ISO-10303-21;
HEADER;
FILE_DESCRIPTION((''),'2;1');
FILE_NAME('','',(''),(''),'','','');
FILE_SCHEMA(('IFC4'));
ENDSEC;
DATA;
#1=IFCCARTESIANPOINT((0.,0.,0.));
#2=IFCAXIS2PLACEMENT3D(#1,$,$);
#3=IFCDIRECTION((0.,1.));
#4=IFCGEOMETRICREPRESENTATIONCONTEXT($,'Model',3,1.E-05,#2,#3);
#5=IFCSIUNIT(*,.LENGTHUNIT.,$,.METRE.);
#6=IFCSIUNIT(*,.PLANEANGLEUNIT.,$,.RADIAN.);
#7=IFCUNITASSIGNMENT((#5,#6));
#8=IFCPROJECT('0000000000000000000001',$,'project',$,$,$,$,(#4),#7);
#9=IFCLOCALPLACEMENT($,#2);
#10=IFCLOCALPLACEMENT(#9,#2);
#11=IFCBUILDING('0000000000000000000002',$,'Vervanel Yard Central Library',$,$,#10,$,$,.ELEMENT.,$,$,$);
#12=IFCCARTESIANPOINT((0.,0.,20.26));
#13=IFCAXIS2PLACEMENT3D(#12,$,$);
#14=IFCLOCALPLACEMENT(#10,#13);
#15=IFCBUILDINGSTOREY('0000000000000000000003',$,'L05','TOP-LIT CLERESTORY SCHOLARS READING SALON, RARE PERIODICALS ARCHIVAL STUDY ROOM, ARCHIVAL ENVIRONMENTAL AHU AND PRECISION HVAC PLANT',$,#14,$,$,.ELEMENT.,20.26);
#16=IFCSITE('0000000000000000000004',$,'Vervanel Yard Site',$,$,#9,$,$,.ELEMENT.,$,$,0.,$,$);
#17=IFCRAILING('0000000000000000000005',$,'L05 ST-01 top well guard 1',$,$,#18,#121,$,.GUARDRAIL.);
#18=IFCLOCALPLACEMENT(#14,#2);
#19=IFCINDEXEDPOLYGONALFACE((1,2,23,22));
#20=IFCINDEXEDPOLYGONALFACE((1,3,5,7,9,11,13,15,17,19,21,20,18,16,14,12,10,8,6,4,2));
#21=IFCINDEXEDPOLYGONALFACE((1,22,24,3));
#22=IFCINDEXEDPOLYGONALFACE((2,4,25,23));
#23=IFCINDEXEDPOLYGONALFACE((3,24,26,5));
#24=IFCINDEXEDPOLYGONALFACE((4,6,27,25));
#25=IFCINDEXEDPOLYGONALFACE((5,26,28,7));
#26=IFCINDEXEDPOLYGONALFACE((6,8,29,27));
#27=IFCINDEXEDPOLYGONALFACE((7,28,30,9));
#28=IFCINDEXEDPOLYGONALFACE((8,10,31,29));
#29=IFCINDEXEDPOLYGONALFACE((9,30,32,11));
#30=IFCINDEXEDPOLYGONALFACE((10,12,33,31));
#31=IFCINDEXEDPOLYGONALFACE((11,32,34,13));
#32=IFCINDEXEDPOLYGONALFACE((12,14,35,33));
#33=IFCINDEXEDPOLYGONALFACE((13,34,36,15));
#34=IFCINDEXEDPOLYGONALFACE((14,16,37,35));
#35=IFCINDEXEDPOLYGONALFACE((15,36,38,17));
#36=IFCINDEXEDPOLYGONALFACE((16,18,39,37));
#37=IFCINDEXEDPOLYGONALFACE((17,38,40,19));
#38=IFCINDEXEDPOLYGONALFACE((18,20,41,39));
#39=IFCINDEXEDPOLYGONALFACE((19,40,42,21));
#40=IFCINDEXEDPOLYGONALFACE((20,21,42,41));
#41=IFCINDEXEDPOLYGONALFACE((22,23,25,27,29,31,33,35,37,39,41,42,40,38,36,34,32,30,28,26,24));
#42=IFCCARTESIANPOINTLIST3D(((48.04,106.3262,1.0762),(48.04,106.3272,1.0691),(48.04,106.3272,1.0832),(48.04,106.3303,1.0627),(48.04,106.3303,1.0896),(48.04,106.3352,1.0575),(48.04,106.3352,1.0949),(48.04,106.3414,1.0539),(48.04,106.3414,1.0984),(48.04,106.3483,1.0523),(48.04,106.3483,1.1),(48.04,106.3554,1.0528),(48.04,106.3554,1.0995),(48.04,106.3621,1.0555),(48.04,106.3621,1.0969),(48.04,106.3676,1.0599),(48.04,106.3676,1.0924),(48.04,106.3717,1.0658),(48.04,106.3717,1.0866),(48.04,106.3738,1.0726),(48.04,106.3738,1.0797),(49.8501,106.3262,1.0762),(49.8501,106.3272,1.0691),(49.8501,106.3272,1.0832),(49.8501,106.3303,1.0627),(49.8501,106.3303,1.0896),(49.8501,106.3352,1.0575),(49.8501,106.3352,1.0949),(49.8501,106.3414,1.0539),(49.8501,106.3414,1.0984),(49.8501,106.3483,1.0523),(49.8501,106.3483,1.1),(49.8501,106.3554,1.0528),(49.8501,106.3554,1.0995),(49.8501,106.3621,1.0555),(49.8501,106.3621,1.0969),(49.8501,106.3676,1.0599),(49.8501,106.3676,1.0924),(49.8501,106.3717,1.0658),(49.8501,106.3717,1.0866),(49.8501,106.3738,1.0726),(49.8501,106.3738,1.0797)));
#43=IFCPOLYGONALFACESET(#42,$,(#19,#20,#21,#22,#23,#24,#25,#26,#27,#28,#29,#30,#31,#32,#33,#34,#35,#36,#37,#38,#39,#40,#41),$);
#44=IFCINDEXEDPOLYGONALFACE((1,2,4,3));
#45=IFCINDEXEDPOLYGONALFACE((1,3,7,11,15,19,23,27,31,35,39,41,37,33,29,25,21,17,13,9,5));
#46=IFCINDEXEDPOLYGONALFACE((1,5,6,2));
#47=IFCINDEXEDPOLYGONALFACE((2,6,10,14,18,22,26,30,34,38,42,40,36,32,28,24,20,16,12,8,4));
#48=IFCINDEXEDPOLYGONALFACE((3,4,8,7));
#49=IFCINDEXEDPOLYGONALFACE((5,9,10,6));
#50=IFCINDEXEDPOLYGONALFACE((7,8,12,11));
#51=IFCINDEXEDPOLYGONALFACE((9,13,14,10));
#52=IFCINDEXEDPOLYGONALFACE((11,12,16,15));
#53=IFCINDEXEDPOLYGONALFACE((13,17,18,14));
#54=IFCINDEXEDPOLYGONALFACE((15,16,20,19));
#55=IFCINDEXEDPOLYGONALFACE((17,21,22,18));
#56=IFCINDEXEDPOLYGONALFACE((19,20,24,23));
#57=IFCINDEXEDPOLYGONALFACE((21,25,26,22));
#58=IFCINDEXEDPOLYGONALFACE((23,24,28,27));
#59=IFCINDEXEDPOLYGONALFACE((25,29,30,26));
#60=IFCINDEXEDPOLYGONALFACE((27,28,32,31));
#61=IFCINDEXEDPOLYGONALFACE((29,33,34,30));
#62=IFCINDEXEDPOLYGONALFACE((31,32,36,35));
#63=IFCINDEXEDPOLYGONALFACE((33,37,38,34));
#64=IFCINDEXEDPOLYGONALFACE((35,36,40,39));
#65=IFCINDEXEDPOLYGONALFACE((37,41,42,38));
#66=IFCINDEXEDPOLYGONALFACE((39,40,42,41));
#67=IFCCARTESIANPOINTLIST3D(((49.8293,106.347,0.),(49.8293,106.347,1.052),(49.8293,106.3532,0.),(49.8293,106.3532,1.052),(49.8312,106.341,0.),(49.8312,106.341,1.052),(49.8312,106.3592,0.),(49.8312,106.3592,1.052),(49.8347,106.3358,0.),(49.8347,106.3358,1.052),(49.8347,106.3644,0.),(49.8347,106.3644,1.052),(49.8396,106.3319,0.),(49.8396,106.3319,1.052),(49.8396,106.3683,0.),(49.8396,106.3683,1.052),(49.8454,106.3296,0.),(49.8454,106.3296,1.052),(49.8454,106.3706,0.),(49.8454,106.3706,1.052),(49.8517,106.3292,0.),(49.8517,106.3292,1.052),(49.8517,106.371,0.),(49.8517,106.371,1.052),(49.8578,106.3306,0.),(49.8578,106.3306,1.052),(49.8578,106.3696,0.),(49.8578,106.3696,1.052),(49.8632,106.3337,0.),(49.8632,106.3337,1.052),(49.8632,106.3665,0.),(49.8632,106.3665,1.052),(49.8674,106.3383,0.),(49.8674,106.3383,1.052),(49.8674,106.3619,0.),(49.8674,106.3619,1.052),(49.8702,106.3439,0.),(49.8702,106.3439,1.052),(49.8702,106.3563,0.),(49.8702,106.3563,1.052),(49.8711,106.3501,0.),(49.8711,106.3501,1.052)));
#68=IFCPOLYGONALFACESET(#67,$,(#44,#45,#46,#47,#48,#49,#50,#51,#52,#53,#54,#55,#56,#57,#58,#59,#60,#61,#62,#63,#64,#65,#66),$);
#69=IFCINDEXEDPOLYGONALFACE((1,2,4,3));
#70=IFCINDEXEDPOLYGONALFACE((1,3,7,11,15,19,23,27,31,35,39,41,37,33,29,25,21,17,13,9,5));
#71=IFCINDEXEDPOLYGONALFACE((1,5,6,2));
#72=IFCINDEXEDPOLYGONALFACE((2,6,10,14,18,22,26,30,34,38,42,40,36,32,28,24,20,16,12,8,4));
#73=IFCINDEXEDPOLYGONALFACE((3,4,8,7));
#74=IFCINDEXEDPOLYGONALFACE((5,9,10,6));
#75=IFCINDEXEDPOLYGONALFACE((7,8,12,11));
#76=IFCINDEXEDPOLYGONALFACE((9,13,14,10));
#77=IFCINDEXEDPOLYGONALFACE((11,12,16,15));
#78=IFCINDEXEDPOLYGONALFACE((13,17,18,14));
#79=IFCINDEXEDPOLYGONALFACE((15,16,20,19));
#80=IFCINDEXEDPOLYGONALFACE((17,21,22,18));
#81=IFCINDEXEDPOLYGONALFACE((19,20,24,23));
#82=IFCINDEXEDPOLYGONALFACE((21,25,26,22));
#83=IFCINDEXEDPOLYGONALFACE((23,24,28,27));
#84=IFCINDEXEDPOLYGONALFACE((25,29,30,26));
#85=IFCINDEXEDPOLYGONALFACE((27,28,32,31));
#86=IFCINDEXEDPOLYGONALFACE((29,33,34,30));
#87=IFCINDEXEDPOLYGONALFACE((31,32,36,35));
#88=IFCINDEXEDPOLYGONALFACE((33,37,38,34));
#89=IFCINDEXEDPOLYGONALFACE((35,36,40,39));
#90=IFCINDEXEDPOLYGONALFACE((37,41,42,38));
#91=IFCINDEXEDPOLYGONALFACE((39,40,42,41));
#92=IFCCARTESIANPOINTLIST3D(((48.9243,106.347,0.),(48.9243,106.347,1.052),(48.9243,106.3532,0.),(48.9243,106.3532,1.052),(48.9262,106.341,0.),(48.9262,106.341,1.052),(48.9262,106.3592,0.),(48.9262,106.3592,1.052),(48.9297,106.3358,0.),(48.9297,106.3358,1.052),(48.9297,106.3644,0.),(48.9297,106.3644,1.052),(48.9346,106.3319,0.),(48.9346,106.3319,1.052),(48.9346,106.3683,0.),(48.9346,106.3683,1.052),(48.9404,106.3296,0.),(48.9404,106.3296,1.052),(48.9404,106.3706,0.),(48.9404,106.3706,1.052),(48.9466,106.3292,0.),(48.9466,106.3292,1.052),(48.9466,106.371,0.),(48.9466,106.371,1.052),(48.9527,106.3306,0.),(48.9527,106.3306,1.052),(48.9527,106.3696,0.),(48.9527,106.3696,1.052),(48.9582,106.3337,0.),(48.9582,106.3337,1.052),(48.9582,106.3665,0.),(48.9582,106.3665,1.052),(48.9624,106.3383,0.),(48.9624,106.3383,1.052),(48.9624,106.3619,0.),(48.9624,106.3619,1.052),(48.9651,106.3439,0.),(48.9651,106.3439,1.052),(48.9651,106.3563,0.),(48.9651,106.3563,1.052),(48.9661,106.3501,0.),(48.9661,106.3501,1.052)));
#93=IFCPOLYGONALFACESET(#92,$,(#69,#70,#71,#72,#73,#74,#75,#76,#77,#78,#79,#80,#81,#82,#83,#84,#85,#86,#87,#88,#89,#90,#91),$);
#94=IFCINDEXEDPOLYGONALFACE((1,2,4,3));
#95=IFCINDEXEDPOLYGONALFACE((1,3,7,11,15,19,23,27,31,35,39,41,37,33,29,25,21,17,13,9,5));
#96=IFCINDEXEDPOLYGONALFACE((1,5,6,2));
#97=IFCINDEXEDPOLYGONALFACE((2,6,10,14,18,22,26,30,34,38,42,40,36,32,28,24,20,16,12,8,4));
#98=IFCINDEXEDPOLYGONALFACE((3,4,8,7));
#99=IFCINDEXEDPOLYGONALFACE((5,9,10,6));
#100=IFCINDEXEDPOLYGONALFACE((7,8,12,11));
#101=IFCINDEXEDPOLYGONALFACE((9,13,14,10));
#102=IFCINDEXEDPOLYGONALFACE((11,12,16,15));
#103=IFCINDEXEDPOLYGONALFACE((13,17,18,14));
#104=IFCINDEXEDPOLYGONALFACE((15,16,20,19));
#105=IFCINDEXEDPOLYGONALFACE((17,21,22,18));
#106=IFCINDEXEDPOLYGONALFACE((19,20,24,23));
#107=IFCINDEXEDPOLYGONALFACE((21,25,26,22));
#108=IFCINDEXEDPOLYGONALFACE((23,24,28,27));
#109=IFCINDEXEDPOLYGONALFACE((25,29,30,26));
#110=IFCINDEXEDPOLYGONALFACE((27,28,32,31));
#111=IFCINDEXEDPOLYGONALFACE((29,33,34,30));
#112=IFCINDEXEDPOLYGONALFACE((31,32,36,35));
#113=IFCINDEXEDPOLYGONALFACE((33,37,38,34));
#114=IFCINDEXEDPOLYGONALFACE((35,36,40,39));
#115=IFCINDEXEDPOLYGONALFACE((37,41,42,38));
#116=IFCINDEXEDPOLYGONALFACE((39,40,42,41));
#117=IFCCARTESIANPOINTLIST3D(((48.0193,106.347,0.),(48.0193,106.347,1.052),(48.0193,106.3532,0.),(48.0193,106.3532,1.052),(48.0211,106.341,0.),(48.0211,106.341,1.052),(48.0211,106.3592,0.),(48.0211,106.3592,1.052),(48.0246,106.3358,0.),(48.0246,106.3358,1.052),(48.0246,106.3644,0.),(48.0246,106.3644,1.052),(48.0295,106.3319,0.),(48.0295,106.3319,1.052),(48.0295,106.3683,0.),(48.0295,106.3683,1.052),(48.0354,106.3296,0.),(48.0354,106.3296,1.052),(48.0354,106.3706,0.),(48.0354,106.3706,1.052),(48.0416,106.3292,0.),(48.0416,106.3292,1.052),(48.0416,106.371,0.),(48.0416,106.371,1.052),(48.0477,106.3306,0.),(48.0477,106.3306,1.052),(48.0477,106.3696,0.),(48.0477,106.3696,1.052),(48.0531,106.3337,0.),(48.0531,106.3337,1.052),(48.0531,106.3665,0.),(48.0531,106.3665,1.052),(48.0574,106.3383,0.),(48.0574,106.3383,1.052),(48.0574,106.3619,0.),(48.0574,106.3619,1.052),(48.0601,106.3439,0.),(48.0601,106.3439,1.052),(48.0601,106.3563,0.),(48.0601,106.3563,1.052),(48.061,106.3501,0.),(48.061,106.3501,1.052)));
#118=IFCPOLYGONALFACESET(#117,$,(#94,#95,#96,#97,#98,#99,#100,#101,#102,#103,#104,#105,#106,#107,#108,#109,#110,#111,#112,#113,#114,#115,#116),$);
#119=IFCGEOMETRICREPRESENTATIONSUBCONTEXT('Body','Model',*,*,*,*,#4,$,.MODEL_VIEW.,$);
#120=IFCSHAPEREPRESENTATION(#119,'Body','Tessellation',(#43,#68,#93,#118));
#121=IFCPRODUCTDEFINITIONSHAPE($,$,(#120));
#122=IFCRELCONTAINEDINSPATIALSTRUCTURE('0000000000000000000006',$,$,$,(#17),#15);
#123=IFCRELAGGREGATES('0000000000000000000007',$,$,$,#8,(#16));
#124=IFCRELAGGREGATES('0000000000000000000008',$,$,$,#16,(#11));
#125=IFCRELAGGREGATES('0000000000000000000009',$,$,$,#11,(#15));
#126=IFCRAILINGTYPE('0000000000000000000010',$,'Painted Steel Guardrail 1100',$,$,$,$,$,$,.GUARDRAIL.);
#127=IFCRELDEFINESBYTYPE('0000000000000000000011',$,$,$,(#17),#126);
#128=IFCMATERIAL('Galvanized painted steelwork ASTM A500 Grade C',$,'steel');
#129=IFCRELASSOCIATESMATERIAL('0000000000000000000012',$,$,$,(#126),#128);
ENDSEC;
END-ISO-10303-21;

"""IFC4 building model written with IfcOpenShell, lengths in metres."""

from ifc_helpers import new_model, si_unit, direction, frame, origin, origin_2d, place, context, subcontext, project, spatial, circle, extrude, material, type_object, element, save


model = new_model("IFC4")

# Units and contexts
model_context = context("Model", 3, precision=1e-05, world=origin(), true_north=direction((0.0, 1.0)))
body_context = subcontext(model_context, "Body", "Model", "MODEL_VIEW")
ifc_project = project(units=[si_unit("LENGTHUNIT", "METRE"), si_unit("PLANEANGLEUNIT", "RADIAN")], contexts=[model_context])

# Site, building, storey
site_placement = place(None, origin())
site = spatial("IfcSite", under=ifc_project, at=site_placement, Name="Vervanel Yard Site", CompositionType="ELEMENT", RefElevation=0.0)
building_placement = place(site_placement, origin())
building = spatial("IfcBuilding", under=site, at=building_placement, Name="Vervanel Yard Central Library", CompositionType="ELEMENT")
storey_placement = place(building_placement, frame((0.0, 0.0, 20.26)))
storey = spatial("IfcBuildingStorey", under=building, at=storey_placement, Name="L05", Description="TOP-LIT CLERESTORY SCHOLARS READING SALON, RARE PERIODICALS ARCHIVAL STUDY ROOM, ARCHIVAL ENVIRONMENTAL AHU AND PRECISION HVAC PLANT", CompositionType="ELEMENT", Elevation=20.26)

# Shared definitions
ifc_material_1 = material(Name="Galvanized painted steelwork ASTM A500 Grade C", Category="steel")

# Railing
railing_type = type_object("IfcRailingType", Name="Painted Steel Guardrail 1100", PredefinedType="GUARDRAIL", material=ifc_material_1)
railing_1_placement = place(storey_placement, frame((49.8501, 106.3501, 0.0)))
element("IfcRailing", 1, at=railing_1_placement, inside=storey, type_object=railing_type, Name="L05 ST-01 top well guard 1", PredefinedType="GUARDRAIL", context=body_context, shape_type="SweptSolid", body=[
    extrude(circle(Radius=0.0239, at=origin_2d()), frame((0.0, 0.0, 1.0762), z_axis=(-1.0, 0.0, 0.0), x_axis=(0.0, -1.0, 0.0)), (0.0, 0.0, 1.0), 1.8101),
    extrude(circle(Radius=0.021, at=origin_2d()), origin(), (0.0, 0.0, 1.0), 1.052),
    extrude(circle(Radius=0.021, at=origin_2d()), frame((-0.905, 0.0, 0.0)), (0.0, 0.0, 1.0), 1.052),
    extrude(circle(Radius=0.021, at=origin_2d()), frame((-1.8101, 0.0, 0.0)), (0.0, 0.0, 1.0), 1.052),
])

save(model, "model.ifc")
